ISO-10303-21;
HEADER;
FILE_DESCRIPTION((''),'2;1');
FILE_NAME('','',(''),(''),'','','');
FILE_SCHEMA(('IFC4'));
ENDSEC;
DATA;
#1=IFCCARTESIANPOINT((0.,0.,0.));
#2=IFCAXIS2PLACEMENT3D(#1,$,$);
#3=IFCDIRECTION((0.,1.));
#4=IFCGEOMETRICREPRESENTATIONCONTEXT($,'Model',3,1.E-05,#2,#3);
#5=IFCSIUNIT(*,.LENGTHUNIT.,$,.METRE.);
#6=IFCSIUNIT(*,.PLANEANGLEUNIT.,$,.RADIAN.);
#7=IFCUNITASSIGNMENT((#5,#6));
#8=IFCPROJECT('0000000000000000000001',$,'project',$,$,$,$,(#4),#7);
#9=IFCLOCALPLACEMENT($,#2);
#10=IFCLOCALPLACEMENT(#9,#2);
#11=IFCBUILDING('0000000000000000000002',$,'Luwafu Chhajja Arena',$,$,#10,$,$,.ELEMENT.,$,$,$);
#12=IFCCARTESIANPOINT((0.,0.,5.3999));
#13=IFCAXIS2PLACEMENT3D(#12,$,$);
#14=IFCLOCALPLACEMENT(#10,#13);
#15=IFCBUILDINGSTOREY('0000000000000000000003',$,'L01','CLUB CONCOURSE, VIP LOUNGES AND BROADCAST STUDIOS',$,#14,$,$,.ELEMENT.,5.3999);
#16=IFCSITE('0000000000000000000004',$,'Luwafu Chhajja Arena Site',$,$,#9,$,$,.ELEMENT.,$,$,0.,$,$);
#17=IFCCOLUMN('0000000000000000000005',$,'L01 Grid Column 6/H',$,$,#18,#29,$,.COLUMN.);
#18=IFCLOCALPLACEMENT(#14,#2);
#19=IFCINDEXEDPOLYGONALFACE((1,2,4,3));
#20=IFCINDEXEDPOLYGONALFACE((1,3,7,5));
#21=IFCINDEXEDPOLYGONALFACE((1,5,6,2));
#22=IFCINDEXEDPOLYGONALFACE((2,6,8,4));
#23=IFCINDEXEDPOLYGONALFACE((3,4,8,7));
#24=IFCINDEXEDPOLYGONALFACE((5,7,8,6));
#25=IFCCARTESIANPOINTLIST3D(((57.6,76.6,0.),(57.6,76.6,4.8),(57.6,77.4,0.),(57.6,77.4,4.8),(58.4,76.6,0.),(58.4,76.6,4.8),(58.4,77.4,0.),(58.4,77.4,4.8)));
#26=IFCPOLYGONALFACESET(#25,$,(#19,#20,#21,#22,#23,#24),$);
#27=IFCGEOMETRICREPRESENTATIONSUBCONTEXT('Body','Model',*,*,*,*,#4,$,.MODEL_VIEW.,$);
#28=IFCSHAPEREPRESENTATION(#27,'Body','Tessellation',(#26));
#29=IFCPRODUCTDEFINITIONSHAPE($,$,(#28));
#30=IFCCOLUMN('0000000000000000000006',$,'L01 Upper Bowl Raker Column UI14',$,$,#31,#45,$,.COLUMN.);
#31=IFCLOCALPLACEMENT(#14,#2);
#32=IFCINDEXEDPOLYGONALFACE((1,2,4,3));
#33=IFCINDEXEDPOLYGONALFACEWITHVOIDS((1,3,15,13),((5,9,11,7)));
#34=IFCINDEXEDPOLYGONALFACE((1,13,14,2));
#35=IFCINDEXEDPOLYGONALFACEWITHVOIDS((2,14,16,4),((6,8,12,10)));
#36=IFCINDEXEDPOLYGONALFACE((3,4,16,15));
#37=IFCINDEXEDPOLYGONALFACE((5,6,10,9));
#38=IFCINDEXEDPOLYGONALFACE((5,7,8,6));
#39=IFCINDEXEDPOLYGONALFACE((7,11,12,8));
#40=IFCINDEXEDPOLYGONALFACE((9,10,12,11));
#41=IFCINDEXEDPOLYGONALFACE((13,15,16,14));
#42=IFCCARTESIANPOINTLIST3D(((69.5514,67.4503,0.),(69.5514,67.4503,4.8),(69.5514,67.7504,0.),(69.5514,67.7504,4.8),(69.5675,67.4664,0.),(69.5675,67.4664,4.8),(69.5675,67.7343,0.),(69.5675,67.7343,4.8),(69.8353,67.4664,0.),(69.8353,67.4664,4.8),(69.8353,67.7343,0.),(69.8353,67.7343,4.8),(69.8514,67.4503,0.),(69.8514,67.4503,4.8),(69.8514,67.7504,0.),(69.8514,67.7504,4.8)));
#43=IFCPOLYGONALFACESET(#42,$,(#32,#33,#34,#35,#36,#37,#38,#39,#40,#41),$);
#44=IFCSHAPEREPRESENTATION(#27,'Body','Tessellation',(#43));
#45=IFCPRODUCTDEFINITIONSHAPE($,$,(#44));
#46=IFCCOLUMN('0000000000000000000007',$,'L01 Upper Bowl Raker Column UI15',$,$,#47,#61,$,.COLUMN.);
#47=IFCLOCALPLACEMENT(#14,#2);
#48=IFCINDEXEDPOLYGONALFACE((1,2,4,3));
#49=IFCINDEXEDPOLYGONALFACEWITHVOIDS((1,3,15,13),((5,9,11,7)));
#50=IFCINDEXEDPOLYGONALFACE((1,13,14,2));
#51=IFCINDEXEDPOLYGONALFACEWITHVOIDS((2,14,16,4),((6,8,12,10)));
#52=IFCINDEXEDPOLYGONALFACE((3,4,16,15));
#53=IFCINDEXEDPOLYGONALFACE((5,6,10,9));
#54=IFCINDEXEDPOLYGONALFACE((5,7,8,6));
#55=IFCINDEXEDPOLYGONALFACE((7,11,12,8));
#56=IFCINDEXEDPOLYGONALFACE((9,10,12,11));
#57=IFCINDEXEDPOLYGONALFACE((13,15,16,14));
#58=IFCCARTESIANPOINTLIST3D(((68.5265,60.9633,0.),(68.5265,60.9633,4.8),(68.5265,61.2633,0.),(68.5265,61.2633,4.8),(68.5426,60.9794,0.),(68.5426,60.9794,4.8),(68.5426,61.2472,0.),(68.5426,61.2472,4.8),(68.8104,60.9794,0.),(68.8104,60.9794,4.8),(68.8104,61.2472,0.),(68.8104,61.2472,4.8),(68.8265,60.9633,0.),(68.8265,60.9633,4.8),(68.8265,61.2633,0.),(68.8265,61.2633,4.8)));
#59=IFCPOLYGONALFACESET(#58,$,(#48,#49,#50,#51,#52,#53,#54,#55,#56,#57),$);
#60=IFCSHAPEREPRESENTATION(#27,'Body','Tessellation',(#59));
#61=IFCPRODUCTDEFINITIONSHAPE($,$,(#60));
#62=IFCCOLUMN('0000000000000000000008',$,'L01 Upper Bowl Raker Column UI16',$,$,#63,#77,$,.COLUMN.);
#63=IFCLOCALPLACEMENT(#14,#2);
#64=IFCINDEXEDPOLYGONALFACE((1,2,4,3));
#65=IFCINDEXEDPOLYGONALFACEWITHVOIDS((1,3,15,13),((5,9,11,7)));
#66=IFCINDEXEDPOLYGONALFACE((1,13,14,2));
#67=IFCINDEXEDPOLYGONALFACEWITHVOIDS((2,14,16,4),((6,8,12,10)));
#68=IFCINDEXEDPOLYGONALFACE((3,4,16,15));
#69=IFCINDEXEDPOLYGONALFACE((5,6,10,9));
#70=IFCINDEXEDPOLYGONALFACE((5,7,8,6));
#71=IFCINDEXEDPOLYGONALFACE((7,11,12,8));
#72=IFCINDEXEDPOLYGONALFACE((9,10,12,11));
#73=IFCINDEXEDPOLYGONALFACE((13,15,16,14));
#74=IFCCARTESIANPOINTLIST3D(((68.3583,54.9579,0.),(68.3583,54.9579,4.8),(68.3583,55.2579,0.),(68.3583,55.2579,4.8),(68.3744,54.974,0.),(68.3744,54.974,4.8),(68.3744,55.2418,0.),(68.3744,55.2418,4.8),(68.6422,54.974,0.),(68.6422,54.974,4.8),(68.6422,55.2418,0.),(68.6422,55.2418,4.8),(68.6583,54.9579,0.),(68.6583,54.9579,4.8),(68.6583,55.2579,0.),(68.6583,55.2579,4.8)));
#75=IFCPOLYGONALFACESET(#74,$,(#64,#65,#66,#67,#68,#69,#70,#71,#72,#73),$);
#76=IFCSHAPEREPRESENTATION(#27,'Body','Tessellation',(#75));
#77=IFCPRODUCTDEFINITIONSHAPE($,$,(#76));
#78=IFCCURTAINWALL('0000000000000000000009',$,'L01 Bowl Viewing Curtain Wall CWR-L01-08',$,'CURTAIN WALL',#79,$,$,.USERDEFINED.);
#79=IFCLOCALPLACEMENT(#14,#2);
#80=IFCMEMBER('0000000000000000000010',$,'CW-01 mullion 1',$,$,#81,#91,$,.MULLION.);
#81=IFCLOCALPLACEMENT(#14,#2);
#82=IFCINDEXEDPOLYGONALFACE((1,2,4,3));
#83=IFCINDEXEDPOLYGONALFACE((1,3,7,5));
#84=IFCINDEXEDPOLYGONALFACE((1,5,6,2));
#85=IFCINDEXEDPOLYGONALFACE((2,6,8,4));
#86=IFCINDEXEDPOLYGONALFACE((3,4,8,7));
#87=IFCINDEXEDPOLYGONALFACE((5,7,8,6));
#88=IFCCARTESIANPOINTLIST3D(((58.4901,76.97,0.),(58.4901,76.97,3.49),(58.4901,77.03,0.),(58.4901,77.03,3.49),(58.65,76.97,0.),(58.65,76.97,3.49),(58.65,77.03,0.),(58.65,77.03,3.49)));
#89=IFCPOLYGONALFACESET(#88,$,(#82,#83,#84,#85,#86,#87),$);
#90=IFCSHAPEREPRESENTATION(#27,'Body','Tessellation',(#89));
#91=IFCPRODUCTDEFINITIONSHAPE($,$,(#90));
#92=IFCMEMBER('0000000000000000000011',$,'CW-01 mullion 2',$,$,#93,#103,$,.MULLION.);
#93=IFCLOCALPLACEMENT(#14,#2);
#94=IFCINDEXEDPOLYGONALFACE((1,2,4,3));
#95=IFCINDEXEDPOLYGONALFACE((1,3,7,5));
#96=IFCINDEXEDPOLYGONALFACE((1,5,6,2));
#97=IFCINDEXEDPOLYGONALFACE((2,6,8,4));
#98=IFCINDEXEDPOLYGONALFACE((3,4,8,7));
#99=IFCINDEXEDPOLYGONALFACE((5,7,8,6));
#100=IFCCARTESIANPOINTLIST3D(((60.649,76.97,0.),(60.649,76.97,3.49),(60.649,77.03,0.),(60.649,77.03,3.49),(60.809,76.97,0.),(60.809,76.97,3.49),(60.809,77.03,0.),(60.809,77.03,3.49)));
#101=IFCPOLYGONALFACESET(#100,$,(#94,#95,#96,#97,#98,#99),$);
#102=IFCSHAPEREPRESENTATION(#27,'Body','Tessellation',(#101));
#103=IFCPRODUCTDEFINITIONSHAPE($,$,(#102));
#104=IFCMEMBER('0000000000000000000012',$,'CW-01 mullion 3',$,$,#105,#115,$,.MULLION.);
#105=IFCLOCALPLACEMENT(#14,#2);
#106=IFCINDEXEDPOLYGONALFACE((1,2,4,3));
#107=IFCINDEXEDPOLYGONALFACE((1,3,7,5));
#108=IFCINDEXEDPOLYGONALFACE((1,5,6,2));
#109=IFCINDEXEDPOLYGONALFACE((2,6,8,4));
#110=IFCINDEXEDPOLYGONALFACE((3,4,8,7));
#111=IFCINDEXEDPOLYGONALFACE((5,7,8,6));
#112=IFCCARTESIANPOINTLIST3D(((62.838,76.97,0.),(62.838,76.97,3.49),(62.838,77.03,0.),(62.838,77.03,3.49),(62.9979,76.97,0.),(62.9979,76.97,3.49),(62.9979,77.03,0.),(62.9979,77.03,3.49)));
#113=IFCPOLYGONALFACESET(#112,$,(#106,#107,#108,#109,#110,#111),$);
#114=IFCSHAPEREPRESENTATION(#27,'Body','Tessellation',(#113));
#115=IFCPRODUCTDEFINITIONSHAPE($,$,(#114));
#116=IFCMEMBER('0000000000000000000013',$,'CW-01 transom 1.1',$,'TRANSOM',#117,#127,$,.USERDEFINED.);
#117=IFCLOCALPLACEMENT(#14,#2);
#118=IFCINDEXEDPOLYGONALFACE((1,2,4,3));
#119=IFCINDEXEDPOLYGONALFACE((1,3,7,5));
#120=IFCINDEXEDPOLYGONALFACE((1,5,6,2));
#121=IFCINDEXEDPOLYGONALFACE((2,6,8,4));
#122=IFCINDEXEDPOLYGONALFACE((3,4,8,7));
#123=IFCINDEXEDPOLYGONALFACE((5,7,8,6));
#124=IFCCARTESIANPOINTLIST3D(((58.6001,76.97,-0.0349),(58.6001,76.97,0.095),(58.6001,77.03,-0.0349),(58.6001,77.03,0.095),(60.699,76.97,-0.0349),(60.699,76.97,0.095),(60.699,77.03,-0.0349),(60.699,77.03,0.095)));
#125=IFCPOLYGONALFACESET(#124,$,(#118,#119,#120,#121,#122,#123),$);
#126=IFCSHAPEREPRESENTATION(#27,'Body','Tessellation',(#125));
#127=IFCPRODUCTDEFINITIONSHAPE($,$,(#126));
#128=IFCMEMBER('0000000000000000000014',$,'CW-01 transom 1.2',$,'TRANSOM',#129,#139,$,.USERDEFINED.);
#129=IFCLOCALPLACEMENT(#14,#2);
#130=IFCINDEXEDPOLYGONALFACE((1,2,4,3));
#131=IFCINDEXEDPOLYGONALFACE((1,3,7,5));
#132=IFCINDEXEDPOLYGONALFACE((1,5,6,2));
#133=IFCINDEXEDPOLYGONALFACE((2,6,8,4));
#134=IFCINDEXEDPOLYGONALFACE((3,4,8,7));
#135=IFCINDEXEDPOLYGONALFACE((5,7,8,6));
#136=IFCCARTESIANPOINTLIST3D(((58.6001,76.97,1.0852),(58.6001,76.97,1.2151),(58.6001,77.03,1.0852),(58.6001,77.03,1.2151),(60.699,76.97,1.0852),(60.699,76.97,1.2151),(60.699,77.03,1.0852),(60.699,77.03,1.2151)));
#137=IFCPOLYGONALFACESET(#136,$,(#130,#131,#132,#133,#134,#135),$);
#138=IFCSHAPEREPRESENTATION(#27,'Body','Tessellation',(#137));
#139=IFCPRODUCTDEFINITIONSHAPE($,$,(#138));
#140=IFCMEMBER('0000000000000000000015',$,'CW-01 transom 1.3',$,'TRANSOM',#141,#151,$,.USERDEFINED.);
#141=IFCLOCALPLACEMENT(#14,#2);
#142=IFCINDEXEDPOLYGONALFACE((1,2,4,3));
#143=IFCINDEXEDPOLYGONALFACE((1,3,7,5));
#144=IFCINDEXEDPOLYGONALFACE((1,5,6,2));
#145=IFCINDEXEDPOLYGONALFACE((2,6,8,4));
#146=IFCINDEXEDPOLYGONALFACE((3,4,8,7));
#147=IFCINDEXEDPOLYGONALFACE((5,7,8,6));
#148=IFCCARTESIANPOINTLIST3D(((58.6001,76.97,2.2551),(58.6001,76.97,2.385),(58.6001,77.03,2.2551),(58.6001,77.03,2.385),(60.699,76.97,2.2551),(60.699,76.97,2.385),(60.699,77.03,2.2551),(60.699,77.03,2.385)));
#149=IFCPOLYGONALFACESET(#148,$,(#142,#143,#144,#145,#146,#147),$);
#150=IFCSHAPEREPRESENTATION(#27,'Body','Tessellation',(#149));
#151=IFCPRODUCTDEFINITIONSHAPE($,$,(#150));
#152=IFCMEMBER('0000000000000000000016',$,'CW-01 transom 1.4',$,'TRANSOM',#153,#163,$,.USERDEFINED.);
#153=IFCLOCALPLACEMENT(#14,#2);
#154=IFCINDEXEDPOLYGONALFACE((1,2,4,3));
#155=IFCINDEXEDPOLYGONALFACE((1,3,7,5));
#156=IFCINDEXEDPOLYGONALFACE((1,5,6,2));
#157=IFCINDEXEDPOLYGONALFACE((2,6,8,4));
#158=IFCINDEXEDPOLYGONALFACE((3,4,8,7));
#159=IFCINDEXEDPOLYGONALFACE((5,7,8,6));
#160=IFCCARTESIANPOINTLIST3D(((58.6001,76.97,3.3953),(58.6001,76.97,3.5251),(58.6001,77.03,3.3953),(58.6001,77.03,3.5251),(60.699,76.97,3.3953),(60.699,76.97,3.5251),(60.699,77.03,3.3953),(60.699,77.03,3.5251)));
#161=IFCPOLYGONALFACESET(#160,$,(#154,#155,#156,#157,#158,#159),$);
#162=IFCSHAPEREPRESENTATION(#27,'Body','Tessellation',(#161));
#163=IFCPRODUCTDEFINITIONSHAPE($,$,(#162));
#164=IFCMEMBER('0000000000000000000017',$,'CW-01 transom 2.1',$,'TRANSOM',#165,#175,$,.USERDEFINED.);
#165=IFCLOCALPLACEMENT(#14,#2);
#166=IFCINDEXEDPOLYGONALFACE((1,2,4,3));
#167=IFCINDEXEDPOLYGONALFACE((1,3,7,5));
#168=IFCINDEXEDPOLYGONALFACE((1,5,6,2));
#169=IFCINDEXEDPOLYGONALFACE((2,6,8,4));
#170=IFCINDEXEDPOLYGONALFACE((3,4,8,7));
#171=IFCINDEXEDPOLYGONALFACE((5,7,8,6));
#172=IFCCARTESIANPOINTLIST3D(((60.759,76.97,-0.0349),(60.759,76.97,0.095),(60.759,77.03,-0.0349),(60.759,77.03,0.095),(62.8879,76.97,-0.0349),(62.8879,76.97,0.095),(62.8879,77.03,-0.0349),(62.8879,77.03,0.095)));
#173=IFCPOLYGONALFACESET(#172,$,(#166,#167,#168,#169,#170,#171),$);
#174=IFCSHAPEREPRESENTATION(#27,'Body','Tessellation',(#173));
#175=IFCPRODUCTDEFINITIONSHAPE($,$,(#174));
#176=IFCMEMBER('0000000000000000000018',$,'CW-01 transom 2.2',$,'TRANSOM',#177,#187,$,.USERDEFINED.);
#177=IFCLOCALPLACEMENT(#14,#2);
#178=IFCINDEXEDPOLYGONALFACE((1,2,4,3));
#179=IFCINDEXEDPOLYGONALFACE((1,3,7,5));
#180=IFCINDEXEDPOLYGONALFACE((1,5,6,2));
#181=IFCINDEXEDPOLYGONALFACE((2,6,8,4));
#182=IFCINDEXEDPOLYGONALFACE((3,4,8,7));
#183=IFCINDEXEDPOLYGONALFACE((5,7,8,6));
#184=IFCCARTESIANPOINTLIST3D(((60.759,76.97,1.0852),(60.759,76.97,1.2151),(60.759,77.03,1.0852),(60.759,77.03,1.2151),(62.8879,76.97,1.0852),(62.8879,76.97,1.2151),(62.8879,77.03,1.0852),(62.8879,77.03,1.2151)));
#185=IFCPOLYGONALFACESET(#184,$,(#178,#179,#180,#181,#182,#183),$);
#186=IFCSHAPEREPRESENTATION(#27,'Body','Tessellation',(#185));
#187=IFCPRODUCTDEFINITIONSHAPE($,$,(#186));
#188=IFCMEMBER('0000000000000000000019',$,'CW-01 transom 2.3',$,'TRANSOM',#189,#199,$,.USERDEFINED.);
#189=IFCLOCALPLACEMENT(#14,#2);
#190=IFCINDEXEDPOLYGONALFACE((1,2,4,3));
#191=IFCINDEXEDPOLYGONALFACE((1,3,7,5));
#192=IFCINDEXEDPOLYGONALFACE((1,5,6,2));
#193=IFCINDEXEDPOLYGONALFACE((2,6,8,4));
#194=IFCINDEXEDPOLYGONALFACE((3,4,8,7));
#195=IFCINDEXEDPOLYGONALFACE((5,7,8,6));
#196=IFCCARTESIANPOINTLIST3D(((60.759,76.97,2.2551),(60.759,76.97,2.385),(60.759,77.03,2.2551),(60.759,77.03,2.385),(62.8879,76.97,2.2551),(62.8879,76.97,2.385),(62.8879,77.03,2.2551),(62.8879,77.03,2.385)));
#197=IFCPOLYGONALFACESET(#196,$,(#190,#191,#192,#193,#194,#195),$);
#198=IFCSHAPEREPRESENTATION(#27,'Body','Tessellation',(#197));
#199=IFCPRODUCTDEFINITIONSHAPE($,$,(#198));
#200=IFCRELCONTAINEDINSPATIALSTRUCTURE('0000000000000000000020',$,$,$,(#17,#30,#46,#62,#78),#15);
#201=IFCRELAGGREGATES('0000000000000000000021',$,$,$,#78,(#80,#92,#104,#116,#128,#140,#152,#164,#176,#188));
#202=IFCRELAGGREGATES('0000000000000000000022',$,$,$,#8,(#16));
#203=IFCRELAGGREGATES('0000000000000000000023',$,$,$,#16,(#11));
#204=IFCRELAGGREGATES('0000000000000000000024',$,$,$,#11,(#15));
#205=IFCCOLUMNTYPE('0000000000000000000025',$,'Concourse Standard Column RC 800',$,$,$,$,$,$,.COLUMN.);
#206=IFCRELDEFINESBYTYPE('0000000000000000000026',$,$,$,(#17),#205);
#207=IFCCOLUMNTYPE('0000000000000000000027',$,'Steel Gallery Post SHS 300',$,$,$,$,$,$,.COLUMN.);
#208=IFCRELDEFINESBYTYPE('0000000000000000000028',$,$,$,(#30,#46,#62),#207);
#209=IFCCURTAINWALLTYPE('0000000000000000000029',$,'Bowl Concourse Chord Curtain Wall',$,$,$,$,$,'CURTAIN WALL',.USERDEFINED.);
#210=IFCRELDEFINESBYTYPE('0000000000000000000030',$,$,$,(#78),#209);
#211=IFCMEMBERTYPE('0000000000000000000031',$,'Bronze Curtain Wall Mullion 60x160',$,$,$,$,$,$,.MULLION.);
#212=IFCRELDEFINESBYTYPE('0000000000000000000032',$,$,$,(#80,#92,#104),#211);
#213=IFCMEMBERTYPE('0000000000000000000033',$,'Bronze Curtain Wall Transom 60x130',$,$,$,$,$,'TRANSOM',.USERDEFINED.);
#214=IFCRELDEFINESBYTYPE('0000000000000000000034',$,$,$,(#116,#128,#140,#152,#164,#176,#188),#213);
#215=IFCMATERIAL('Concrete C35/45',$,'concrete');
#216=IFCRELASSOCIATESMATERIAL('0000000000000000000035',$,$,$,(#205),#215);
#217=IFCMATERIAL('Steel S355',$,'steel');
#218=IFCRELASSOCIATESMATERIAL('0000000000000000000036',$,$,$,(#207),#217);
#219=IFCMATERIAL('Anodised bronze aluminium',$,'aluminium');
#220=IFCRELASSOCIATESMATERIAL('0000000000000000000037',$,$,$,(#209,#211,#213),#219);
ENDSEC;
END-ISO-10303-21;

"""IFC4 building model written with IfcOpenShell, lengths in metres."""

from ifc_helpers import new_model, si_unit, direction, frame, origin, origin_2d, place, context, subcontext, project, spatial, rectangle, hollow_rectangle, extrude, material, material_profile, profile_set, type_object, element, aggregate, save


model = new_model("IFC4")

# Units and contexts
model_context = context("Model", 3, precision=1e-05, world=origin(), true_north=direction((0.0, 1.0)))
body_context = subcontext(model_context, "Body", "Model", "MODEL_VIEW")
ifc_project = project(units=[si_unit("LENGTHUNIT", "METRE"), si_unit("PLANEANGLEUNIT", "RADIAN")], contexts=[model_context])

# Site, building, storey
site_placement = place(None, origin())
site = spatial("IfcSite", under=ifc_project, at=site_placement, Name="Luwafu Chhajja Arena Site", CompositionType="ELEMENT", RefElevation=0.0)
building_placement = place(site_placement, origin())
building = spatial("IfcBuilding", under=site, at=building_placement, Name="Luwafu Chhajja Arena", CompositionType="ELEMENT")
storey_placement = place(building_placement, frame((0.0, 0.0, 5.3999)))
storey = spatial("IfcBuildingStorey", under=building, at=storey_placement, Name="L01", Description="CLUB CONCOURSE, VIP LOUNGES AND BROADCAST STUDIOS", CompositionType="ELEMENT", Elevation=5.3999)

# Columns
ifc_material_1 = material(Name="Concrete C35/45", Category="concrete")
ifc_material_profile_1 = material_profile(ifc_material_1, rectangle(XDim=0.8, YDim=0.8, at=origin_2d()), Name="RC 800x800")
ifc_profile_set_1 = profile_set([ifc_material_profile_1], Name="Concrete C35/45")
column_type_1 = type_object("IfcColumnType", Name="Concourse Standard Column RC 800", PredefinedType="COLUMN", material=ifc_profile_set_1)
column_placement = place(storey_placement, frame((58.0, 77.0, 0.0), z_axis=(0.0, 0.0, 1.0), x_axis=(1.0, 0.0, 0.0)))
element("IfcColumn", 1, at=column_placement, inside=storey, type_object=column_type_1, Name="L01 Grid Column 6/H", PredefinedType="COLUMN", context=body_context, shape_type="SweptSolid", body=[
    extrude(rectangle(XDim=0.8, YDim=0.8, at=origin_2d()), origin(), (0.0, 0.0, 1.0), 4.8),
])
ifc_material_2 = material(Name="Steel S355", Category="steel")
ifc_material_profile_2 = material_profile(ifc_material_2, hollow_rectangle(XDim=0.3, YDim=0.3, WallThickness=0.0161, at=origin_2d()), Name="SHS 300x300x16")
ifc_profile_set_2 = profile_set([ifc_material_profile_2], Name="Steel S355")
column_type_2 = type_object("IfcColumnType", Name="Steel Gallery Post SHS 300", PredefinedType="COLUMN", material=ifc_profile_set_2)
for number, where, z_axis, x_axis, name in (
    (2, (69.7014, 67.6003, 0.0), (0.0, 0.0, 1.0), (1.0, 0.0, 0.0), "L01 Upper Bowl Raker Column UI14"),
    (3, (68.6765, 61.1133, 0.0), (0.0, 0.0, 1.0), (1.0, 0.0, 0.0), "L01 Upper Bowl Raker Column UI15"),
    (4, (68.5083, 55.1079, 0.0), (0.0, 0.0, 1.0), (1.0, 0.0, 0.0), "L01 Upper Bowl Raker Column UI16"),
):
    element("IfcColumn", number, at=place(storey_placement, frame(where, z_axis=z_axis, x_axis=x_axis)), inside=storey, type_object=column_type_2, Name=name, PredefinedType="COLUMN", context=body_context, shape_type="SweptSolid", body=[
        extrude(hollow_rectangle(XDim=0.3, YDim=0.3, WallThickness=0.0161, at=origin_2d()), origin(), (0.0, 0.0, 1.0), 4.8),
    ])

# Curtain wall, members
ifc_material_3 = material(Name="Anodised bronze aluminium", Category="aluminium")
curtain_wall_type = type_object("IfcCurtainWallType", Name="Bowl Concourse Chord Curtain Wall", ElementType="CURTAIN WALL", PredefinedType="USERDEFINED", material=ifc_material_3)
curtain_wall_placement = place(storey_placement, origin())
curtain_wall = element("IfcCurtainWall", 5, at=curtain_wall_placement, inside=storey, type_object=curtain_wall_type, Name="L01 Bowl Viewing Curtain Wall CWR-L01-08", ObjectType="CURTAIN WALL", PredefinedType="USERDEFINED")
ifc_material_profile_3 = material_profile(ifc_material_3, rectangle(XDim=0.0601, YDim=0.1599, at=origin_2d()), Name="CWM 60x160")
ifc_profile_set_3 = profile_set([ifc_material_profile_3], Name="Anodised bronze aluminium")
member_type_1 = type_object("IfcMemberType", Name="Bronze Curtain Wall Mullion 60x160", PredefinedType="MULLION", material=ifc_profile_set_3)
member_1_placement = place(storey_placement, frame((58.5701, 77.0, 0.0), z_axis=(0.0, 0.0, 1.0), x_axis=(0.0, 1.0, 0.0)))
member_1 = element("IfcMember", 6, at=member_1_placement, type_object=member_type_1, Name="CW-01 mullion 1", PredefinedType="MULLION", context=body_context, shape_type="SweptSolid", body=[
    extrude(rectangle(XDim=0.0601, YDim=0.1599, at=origin_2d()), origin(), (0.0, 0.0, 1.0), 3.49),
])
member_2_placement = place(storey_placement, frame((60.729, 77.0, 0.0), z_axis=(0.0, 0.0, 1.0), x_axis=(0.0, 1.0, 0.0)))
member_2 = element("IfcMember", 7, at=member_2_placement, type_object=member_type_1, Name="CW-01 mullion 2", PredefinedType="MULLION", context=body_context, shape_type="SweptSolid", body=[
    extrude(rectangle(XDim=0.0601, YDim=0.1599, at=origin_2d()), origin(), (0.0, 0.0, 1.0), 3.49),
])
member_3_placement = place(storey_placement, frame((62.918, 77.0, 0.0), z_axis=(0.0, 0.0, 1.0), x_axis=(0.0, 1.0, 0.0)))
member_3 = element("IfcMember", 8, at=member_3_placement, type_object=member_type_1, Name="CW-01 mullion 3", PredefinedType="MULLION", context=body_context, shape_type="SweptSolid", body=[
    extrude(rectangle(XDim=0.0601, YDim=0.1599, at=origin_2d()), origin(), (0.0, 0.0, 1.0), 3.49),
])
ifc_material_profile_4 = material_profile(ifc_material_3, rectangle(XDim=0.0601, YDim=0.1299, at=origin_2d()), Name="CWT 60x130")
ifc_profile_set_4 = profile_set([ifc_material_profile_4], Name="Anodised bronze aluminium")
member_type_2 = type_object("IfcMemberType", Name="Bronze Curtain Wall Transom 60x130", ElementType="TRANSOM", PredefinedType="USERDEFINED", material=ifc_profile_set_4)
member_4_placement = place(storey_placement, frame((58.6001, 77.0, 0.03), z_axis=(1.0, 0.0, 0.0), x_axis=(0.0, 1.0, 0.0)))
member_4 = element("IfcMember", 9, at=member_4_placement, type_object=member_type_2, Name="CW-01 transom 1.1", ObjectType="TRANSOM", PredefinedType="USERDEFINED", context=body_context, shape_type="SweptSolid", body=[
    extrude(rectangle(XDim=0.0601, YDim=0.1299, at=origin_2d()), origin(), (0.0, 0.0, 1.0), 2.0989),
])
member_5_placement = place(storey_placement, frame((58.6001, 77.0, 1.1501), z_axis=(1.0, 0.0, 0.0), x_axis=(0.0, 1.0, 0.0)))
member_5 = element("IfcMember", 10, at=member_5_placement, type_object=member_type_2, Name="CW-01 transom 1.2", ObjectType="TRANSOM", PredefinedType="USERDEFINED", context=body_context, shape_type="SweptSolid", body=[
    extrude(rectangle(XDim=0.0601, YDim=0.1299, at=origin_2d()), origin(), (0.0, 0.0, 1.0), 2.0989),
])
member_6_placement = place(storey_placement, frame((58.6001, 77.0, 2.3201), z_axis=(1.0, 0.0, 0.0), x_axis=(0.0, 1.0, 0.0)))
member_6 = element("IfcMember", 11, at=member_6_placement, type_object=member_type_2, Name="CW-01 transom 1.3", ObjectType="TRANSOM", PredefinedType="USERDEFINED", context=body_context, shape_type="SweptSolid", body=[
    extrude(rectangle(XDim=0.0601, YDim=0.1299, at=origin_2d()), origin(), (0.0, 0.0, 1.0), 2.0989),
])
member_7_placement = place(storey_placement, frame((58.6001, 77.0, 3.4602), z_axis=(1.0, 0.0, 0.0), x_axis=(0.0, 1.0, 0.0)))
member_7 = element("IfcMember", 12, at=member_7_placement, type_object=member_type_2, Name="CW-01 transom 1.4", ObjectType="TRANSOM", PredefinedType="USERDEFINED", context=body_context, shape_type="SweptSolid", body=[
    extrude(rectangle(XDim=0.0601, YDim=0.1299, at=origin_2d()), origin(), (0.0, 0.0, 1.0), 2.0989),
])
member_8_placement = place(storey_placement, frame((60.759, 77.0, 0.03), z_axis=(1.0, 0.0, 0.0), x_axis=(0.0, 1.0, 0.0)))
member_8 = element("IfcMember", 13, at=member_8_placement, type_object=member_type_2, Name="CW-01 transom 2.1", ObjectType="TRANSOM", PredefinedType="USERDEFINED", context=body_context, shape_type="SweptSolid", body=[
    extrude(rectangle(XDim=0.0601, YDim=0.1299, at=origin_2d()), origin(), (0.0, 0.0, 1.0), 2.1289),
])
member_9_placement = place(storey_placement, frame((60.759, 77.0, 1.1501), z_axis=(1.0, 0.0, 0.0), x_axis=(0.0, 1.0, 0.0)))
member_9 = element("IfcMember", 14, at=member_9_placement, type_object=member_type_2, Name="CW-01 transom 2.2", ObjectType="TRANSOM", PredefinedType="USERDEFINED", context=body_context, shape_type="SweptSolid", body=[
    extrude(rectangle(XDim=0.0601, YDim=0.1299, at=origin_2d()), origin(), (0.0, 0.0, 1.0), 2.1289),
])
member_10_placement = place(storey_placement, frame((60.759, 77.0, 2.3201), z_axis=(1.0, 0.0, 0.0), x_axis=(0.0, 1.0, 0.0)))
member_10 = element("IfcMember", 15, at=member_10_placement, type_object=member_type_2, Name="CW-01 transom 2.3", ObjectType="TRANSOM", PredefinedType="USERDEFINED", context=body_context, shape_type="SweptSolid", body=[
    extrude(rectangle(XDim=0.0601, YDim=0.1299, at=origin_2d()), origin(), (0.0, 0.0, 1.0), 2.1289),
])

aggregate(curtain_wall, [member_1, member_2, member_3, member_4, member_5, member_6, member_7, member_8, member_9, member_10])

save(model, "model.ifc")
